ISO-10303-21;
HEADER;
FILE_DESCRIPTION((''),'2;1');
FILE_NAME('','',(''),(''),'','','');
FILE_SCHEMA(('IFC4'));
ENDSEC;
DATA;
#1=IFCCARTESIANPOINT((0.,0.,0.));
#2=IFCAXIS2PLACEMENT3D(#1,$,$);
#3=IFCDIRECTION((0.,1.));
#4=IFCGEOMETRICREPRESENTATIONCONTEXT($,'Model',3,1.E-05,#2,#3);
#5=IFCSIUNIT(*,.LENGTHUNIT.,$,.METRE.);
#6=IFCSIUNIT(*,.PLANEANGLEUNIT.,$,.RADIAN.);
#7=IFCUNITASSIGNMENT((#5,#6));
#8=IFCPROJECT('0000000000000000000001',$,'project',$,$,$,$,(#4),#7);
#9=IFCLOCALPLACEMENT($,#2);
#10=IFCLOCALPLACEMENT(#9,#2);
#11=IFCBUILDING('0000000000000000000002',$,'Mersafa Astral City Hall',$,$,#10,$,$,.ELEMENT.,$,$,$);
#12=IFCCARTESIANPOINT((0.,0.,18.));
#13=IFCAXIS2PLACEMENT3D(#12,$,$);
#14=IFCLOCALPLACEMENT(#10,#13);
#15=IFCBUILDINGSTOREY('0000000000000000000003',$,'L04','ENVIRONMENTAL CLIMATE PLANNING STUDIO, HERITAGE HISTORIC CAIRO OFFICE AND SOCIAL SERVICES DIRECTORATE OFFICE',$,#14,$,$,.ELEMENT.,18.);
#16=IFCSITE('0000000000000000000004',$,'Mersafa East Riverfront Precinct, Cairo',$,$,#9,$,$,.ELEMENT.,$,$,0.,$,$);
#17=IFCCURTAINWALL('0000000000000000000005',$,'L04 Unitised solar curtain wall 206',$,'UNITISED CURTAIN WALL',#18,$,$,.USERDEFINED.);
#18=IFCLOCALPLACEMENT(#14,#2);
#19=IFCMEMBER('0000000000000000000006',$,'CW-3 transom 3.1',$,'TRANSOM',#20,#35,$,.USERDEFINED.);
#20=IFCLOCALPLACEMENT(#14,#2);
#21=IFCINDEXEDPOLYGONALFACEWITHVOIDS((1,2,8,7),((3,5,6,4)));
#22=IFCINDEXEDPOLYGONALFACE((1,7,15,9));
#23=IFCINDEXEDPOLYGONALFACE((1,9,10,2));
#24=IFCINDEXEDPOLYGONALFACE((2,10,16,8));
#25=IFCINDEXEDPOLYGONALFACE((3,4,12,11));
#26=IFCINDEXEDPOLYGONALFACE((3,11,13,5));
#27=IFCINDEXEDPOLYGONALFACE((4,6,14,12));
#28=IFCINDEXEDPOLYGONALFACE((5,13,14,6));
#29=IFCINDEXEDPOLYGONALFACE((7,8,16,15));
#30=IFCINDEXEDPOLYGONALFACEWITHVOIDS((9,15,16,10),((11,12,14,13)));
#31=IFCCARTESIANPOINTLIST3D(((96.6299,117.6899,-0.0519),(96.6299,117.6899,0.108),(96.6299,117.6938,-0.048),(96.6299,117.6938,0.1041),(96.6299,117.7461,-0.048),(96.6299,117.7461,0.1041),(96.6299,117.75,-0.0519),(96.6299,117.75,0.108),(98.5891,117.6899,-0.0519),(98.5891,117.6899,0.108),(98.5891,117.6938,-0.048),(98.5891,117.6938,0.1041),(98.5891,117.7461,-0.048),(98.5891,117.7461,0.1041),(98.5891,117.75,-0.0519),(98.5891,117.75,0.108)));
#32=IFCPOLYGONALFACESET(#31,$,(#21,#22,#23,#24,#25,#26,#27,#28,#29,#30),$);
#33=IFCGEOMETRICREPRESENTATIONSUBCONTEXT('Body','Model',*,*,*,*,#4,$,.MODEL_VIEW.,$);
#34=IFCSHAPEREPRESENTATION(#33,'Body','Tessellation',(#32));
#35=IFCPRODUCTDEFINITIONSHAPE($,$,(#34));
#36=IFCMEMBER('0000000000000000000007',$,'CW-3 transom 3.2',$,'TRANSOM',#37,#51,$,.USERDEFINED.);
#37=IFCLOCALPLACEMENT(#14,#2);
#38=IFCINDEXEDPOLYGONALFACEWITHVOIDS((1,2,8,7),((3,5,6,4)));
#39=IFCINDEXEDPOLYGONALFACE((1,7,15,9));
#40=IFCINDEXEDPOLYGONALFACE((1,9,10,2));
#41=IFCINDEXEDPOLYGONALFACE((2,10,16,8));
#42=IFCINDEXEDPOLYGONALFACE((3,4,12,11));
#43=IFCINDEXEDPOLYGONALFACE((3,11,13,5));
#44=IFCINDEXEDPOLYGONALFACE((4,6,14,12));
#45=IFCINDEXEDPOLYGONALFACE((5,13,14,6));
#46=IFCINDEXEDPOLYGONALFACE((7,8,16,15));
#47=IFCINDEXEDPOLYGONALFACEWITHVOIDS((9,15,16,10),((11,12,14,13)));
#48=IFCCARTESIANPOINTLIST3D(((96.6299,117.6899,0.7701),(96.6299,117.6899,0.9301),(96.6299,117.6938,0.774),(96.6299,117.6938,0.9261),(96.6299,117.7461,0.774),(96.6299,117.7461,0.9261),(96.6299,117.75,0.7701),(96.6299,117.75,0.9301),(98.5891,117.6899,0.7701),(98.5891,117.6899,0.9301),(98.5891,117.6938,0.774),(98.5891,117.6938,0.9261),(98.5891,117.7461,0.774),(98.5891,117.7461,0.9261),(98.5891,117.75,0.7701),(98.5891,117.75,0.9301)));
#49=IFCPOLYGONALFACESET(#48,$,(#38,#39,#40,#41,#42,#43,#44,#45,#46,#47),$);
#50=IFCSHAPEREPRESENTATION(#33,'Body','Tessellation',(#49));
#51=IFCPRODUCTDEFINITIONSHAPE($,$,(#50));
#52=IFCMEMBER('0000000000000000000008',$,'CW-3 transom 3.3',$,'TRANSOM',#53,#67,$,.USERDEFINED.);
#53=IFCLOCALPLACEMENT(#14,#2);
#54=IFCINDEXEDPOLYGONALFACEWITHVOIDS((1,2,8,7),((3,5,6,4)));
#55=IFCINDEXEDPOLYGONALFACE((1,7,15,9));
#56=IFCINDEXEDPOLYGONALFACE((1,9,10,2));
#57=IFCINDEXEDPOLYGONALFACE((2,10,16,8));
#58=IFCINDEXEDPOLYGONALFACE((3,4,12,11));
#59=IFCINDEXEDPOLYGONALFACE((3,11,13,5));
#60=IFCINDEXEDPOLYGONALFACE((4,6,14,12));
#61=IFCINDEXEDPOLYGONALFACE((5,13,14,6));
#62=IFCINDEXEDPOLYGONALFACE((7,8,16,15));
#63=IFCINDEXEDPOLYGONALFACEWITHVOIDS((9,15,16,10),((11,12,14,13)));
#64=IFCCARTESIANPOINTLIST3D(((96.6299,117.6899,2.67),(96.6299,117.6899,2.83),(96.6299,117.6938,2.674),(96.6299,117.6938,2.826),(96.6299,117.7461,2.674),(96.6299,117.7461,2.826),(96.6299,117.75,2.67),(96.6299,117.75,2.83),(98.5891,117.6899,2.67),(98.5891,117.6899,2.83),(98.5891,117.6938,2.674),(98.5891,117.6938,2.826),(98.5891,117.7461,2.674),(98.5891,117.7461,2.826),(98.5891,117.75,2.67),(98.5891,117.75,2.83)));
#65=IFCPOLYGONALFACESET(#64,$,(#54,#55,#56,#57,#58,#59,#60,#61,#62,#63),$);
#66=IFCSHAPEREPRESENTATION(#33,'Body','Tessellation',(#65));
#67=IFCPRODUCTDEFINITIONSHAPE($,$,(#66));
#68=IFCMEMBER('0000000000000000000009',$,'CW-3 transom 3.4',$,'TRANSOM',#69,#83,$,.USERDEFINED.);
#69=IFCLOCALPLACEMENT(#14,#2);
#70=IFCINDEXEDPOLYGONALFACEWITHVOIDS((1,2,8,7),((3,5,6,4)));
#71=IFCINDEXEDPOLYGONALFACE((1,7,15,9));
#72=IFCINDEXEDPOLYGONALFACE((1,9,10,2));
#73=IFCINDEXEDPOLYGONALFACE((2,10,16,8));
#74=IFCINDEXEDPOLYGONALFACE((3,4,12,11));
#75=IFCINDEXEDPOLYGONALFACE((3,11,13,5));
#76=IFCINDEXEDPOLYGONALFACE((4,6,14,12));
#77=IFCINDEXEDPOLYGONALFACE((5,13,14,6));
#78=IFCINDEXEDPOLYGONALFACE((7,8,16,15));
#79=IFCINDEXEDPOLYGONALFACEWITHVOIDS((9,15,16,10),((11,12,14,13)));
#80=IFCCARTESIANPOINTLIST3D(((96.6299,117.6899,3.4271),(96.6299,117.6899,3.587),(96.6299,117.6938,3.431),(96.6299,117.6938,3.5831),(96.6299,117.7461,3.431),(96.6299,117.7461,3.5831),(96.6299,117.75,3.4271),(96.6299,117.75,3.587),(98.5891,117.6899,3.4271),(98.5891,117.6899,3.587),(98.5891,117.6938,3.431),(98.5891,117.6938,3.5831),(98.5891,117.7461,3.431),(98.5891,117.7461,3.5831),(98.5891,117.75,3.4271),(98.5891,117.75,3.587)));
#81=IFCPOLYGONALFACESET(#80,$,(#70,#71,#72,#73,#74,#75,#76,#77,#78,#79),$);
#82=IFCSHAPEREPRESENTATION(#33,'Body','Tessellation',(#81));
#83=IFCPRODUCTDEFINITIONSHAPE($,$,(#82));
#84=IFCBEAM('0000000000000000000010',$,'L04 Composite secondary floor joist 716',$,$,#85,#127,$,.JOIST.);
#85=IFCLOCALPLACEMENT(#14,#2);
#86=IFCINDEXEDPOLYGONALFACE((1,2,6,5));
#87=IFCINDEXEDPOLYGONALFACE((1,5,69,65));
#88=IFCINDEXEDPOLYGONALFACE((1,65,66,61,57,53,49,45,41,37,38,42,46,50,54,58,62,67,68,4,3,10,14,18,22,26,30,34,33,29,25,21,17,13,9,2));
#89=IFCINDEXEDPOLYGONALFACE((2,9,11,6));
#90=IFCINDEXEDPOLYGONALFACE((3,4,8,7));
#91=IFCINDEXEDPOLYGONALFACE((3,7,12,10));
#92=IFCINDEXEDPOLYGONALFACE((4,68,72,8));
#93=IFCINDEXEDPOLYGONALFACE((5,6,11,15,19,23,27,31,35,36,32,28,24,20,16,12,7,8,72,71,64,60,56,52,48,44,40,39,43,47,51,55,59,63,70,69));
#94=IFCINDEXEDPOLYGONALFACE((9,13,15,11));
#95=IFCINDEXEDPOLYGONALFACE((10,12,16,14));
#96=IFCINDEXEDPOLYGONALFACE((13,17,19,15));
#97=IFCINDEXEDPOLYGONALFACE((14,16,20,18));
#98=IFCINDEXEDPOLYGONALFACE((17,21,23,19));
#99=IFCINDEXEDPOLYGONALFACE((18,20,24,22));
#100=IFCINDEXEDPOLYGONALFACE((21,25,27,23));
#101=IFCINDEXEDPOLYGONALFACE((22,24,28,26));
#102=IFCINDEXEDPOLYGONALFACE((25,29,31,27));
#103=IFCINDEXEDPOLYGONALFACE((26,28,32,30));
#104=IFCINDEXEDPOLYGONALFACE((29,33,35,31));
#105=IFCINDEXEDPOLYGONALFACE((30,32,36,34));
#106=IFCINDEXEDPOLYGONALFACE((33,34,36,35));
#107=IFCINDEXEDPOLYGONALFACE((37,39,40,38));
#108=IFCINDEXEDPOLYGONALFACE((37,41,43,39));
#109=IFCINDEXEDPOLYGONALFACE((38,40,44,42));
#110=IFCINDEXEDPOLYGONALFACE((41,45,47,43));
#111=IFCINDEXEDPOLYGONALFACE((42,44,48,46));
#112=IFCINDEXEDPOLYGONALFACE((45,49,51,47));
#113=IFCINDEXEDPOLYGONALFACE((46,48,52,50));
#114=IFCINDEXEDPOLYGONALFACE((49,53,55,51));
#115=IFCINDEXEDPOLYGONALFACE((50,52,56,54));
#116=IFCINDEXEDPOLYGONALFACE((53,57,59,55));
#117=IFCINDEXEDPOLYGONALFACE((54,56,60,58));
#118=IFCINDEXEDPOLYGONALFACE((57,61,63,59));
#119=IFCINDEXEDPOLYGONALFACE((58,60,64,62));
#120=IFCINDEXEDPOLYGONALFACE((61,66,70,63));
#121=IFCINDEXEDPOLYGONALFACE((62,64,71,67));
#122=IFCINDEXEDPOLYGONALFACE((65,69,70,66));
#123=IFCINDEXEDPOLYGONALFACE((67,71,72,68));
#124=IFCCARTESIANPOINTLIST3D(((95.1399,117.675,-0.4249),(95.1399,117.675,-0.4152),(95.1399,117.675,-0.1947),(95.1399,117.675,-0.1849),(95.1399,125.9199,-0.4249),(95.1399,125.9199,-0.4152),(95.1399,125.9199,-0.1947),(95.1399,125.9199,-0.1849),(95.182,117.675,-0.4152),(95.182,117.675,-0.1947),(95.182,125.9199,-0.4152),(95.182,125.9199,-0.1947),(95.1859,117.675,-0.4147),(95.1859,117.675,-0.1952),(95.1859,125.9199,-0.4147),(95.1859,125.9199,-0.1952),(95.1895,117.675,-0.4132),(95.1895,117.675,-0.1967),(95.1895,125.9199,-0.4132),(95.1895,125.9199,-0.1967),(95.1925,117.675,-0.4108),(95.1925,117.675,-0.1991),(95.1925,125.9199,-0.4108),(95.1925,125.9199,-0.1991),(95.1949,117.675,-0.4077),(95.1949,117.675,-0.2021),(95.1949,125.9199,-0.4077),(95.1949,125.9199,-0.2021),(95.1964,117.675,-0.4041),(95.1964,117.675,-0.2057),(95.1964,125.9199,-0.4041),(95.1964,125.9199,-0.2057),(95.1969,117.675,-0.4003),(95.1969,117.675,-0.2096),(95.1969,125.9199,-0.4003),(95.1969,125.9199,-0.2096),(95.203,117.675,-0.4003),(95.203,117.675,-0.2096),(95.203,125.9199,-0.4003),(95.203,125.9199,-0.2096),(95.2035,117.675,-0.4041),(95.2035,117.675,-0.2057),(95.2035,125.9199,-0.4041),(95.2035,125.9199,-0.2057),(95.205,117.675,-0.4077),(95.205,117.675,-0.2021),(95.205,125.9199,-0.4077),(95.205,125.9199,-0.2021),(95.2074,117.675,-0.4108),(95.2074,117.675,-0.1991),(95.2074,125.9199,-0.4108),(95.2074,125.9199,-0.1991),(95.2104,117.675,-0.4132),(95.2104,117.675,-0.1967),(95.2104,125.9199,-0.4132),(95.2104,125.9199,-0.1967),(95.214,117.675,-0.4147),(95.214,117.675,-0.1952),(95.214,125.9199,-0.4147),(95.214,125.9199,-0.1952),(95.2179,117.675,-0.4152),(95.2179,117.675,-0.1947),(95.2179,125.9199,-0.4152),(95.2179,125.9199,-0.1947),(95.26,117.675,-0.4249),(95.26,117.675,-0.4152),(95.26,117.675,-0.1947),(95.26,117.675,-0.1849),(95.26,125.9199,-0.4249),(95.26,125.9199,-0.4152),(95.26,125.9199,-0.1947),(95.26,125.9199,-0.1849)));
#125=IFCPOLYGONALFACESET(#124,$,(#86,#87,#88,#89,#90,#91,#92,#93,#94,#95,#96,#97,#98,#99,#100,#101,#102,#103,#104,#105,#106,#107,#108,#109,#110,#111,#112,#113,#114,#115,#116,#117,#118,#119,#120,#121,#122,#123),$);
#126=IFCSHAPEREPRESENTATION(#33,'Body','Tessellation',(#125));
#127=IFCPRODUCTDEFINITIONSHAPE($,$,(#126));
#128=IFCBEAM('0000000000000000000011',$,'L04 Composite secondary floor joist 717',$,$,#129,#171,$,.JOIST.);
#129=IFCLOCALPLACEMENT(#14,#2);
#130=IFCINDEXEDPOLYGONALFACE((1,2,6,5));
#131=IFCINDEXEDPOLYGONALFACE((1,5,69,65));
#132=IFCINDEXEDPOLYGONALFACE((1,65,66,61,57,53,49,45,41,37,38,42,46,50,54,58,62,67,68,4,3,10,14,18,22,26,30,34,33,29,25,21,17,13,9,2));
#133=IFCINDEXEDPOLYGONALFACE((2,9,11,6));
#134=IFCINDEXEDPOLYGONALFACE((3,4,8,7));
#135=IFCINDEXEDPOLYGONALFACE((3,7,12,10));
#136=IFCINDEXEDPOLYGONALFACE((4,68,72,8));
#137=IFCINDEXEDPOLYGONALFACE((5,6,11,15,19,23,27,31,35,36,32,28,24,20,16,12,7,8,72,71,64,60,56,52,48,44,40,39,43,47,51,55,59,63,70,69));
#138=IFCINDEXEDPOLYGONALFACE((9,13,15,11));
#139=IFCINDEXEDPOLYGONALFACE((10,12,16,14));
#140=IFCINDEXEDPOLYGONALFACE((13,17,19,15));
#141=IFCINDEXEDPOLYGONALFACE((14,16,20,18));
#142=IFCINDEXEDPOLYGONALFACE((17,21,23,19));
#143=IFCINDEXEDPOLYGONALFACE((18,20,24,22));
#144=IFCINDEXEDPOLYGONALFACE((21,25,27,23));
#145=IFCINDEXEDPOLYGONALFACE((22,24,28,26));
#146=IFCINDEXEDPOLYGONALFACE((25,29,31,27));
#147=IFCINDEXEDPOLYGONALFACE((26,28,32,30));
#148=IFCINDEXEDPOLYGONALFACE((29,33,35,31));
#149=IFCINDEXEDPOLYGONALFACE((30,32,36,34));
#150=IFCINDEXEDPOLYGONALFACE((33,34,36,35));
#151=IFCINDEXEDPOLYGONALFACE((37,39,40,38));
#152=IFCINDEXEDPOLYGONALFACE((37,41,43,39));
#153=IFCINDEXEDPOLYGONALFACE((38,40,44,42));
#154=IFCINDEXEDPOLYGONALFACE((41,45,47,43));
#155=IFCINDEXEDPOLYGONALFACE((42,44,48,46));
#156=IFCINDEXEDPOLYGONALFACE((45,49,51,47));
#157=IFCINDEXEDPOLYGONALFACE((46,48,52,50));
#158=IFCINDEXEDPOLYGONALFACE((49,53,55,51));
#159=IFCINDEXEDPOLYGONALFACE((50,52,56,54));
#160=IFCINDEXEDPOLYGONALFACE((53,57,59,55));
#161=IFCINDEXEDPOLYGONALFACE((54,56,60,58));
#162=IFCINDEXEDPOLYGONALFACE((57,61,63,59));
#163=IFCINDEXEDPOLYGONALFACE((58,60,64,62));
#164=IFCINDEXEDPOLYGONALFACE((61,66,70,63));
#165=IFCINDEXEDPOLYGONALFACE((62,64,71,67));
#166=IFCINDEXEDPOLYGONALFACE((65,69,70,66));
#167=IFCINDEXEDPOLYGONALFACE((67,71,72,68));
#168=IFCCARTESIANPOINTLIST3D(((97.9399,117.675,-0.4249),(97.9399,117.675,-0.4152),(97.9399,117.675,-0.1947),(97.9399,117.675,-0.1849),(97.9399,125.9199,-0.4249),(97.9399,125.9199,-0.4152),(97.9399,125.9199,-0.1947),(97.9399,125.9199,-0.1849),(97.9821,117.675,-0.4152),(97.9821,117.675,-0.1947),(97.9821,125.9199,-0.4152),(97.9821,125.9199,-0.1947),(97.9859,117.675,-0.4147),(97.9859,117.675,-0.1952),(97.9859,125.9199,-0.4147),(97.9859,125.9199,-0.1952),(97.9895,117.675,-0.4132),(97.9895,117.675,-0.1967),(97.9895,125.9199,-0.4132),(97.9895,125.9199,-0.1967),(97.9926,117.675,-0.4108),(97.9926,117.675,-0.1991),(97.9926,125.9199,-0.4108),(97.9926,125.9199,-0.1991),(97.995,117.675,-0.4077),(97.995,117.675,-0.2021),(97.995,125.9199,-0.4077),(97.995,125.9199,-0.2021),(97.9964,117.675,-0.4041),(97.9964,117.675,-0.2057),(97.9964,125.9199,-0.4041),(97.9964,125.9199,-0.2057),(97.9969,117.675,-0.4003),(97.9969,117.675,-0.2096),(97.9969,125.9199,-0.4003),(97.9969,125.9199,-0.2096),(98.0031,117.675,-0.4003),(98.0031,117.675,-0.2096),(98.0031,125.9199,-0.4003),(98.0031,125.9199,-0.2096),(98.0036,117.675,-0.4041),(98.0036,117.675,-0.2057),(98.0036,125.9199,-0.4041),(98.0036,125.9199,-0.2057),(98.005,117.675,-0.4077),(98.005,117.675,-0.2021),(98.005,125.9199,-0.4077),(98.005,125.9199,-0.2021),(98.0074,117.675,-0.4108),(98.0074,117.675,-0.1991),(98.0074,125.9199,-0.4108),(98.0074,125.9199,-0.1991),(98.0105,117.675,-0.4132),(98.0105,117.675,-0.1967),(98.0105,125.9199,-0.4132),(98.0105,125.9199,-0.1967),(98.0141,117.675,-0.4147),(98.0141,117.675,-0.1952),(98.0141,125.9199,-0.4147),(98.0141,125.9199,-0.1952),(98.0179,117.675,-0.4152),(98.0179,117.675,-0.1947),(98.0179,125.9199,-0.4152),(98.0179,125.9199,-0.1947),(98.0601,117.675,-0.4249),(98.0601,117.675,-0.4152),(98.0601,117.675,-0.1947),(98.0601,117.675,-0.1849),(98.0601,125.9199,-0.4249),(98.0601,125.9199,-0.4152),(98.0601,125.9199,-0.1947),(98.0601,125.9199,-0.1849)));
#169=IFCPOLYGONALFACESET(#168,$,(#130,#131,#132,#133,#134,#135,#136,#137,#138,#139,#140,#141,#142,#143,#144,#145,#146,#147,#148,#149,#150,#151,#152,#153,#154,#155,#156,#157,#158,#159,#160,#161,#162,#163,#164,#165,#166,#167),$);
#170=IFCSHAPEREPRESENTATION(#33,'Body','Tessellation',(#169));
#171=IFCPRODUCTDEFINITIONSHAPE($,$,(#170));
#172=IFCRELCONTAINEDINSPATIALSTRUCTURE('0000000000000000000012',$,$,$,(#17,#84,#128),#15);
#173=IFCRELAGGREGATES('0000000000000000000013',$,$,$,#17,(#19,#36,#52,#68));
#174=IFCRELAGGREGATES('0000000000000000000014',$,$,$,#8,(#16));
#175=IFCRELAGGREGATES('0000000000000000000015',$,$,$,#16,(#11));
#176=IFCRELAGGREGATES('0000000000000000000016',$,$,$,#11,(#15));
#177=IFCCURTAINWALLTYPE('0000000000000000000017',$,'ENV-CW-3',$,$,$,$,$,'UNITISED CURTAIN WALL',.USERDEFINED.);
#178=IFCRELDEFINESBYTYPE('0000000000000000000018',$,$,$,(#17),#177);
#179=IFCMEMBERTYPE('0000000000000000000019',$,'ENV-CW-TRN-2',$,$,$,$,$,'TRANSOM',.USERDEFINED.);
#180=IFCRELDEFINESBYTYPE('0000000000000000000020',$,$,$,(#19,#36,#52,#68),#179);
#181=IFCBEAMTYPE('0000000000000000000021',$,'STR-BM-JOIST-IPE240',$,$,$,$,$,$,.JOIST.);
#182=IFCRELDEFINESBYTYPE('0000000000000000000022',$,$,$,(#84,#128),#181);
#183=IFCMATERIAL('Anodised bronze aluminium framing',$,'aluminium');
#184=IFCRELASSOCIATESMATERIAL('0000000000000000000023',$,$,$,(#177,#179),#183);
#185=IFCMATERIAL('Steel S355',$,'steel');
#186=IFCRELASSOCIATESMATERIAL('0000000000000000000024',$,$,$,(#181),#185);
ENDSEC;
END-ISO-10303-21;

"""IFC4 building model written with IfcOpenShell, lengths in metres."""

from ifc_helpers import new_model, si_unit, direction, frame, origin, origin_2d, place, context, subcontext, project, spatial, hollow_rectangle, i_section, extrude, material, material_profile, profile_set, type_object, element, aggregate, save


model = new_model("IFC4")

# Units and contexts
model_context = context("Model", 3, precision=1e-05, world=origin(), true_north=direction((0.0, 1.0)))
body_context = subcontext(model_context, "Body", "Model", "MODEL_VIEW")
ifc_project = project(units=[si_unit("LENGTHUNIT", "METRE"), si_unit("PLANEANGLEUNIT", "RADIAN")], contexts=[model_context])

# Site, building, storey
site_placement = place(None, origin())
site = spatial("IfcSite", under=ifc_project, at=site_placement, Name="Mersafa East Riverfront Precinct, Cairo", CompositionType="ELEMENT", RefElevation=0.0)
building_placement = place(site_placement, origin())
building = spatial("IfcBuilding", under=site, at=building_placement, Name="Mersafa Astral City Hall", CompositionType="ELEMENT")
storey_placement = place(building_placement, frame((0.0, 0.0, 18.0)))
storey = spatial("IfcBuildingStorey", under=building, at=storey_placement, Name="L04", Description="ENVIRONMENTAL CLIMATE PLANNING STUDIO, HERITAGE HISTORIC CAIRO OFFICE AND SOCIAL SERVICES DIRECTORATE OFFICE", CompositionType="ELEMENT", Elevation=18.0)

# Curtain wall, members
ifc_material_1 = material(Name="Anodised bronze aluminium framing", Category="aluminium")
curtain_wall_type = type_object("IfcCurtainWallType", Name="ENV-CW-3", ElementType="UNITISED CURTAIN WALL", PredefinedType="USERDEFINED", material=ifc_material_1)
curtain_wall_placement = place(storey_placement, origin())
curtain_wall = element("IfcCurtainWall", 1, at=curtain_wall_placement, inside=storey, type_object=curtain_wall_type, Name="L04 Unitised solar curtain wall 206", ObjectType="UNITISED CURTAIN WALL", PredefinedType="USERDEFINED")
ifc_material_profile_1 = material_profile(ifc_material_1, hollow_rectangle(XDim=0.0601, YDim=0.1599, WallThickness=0.0039, at=origin_2d()), Name="RHS 60x160x4")
ifc_profile_set_1 = profile_set([ifc_material_profile_1], Name="Anodised bronze aluminium framing")
member_type_1 = type_object("IfcMemberType", Name="ENV-CW-TRN-2", ElementType="TRANSOM", PredefinedType="USERDEFINED", material=ifc_profile_set_1)
member_1_placement = place(storey_placement, frame((96.6299, 117.72, 0.0281), z_axis=(1.0, 0.0, 0.0), x_axis=(0.0, 1.0, 0.0)))
member_1 = element("IfcMember", 2, at=member_1_placement, type_object=member_type_1, Name="CW-3 transom 3.1", ObjectType="TRANSOM", PredefinedType="USERDEFINED", context=body_context, shape_type="SweptSolid", body=[
    extrude(hollow_rectangle(XDim=0.0601, YDim=0.1599, WallThickness=0.0039, at=origin_2d()), origin(), (0.0, 0.0, 1.0), 1.9592),
])
member_2_placement = place(storey_placement, frame((96.6299, 117.72, 0.8501), z_axis=(1.0, 0.0, 0.0), x_axis=(0.0, 1.0, 0.0)))
member_2 = element("IfcMember", 3, at=member_2_placement, type_object=member_type_1, Name="CW-3 transom 3.2", ObjectType="TRANSOM", PredefinedType="USERDEFINED", context=body_context, shape_type="SweptSolid", body=[
    extrude(hollow_rectangle(XDim=0.0601, YDim=0.1599, WallThickness=0.0039, at=origin_2d()), origin(), (0.0, 0.0, 1.0), 1.9592),
])
member_3_placement = place(storey_placement, frame((96.6299, 117.72, 2.75), z_axis=(1.0, 0.0, 0.0), x_axis=(0.0, 1.0, 0.0)))
member_3 = element("IfcMember", 4, at=member_3_placement, type_object=member_type_1, Name="CW-3 transom 3.3", ObjectType="TRANSOM", PredefinedType="USERDEFINED", context=body_context, shape_type="SweptSolid", body=[
    extrude(hollow_rectangle(XDim=0.0601, YDim=0.1599, WallThickness=0.0039, at=origin_2d()), origin(), (0.0, 0.0, 1.0), 1.9592),
])
member_4_placement = place(storey_placement, frame((96.6299, 117.72, 3.5071), z_axis=(1.0, 0.0, 0.0), x_axis=(0.0, 1.0, 0.0)))
member_4 = element("IfcMember", 5, at=member_4_placement, type_object=member_type_1, Name="CW-3 transom 3.4", ObjectType="TRANSOM", PredefinedType="USERDEFINED", context=body_context, shape_type="SweptSolid", body=[
    extrude(hollow_rectangle(XDim=0.0601, YDim=0.1599, WallThickness=0.0039, at=origin_2d()), origin(), (0.0, 0.0, 1.0), 1.9592),
])

# Beams
ifc_material_2 = material(Name="Steel S355", Category="steel")
ifc_material_profile_2 = material_profile(ifc_material_2, i_section(OverallWidth=0.1201, OverallDepth=0.24, WebThickness=0.0061, FlangeThickness=0.0098, FilletRadius=0.0149, at=origin_2d()), Name="IPE 240")
ifc_profile_set_2 = profile_set([ifc_material_profile_2], Name="Steel S355")
beam_type_1 = type_object("IfcBeamType", Name="STR-BM-JOIST-IPE240", PredefinedType="JOIST", material=ifc_profile_set_2)
for number, where, z_axis, x_axis, name in (
    (6, (95.2, 117.675, -0.3049), (0.0, 1.0, 0.0), (-1.0, 0.0, 0.0), "L04 Composite secondary floor joist 716"),
    (7, (98.0, 117.675, -0.3049), (0.0, 1.0, 0.0), (-1.0, 0.0, 0.0), "L04 Composite secondary floor joist 717"),
):
    element("IfcBeam", number, at=place(storey_placement, frame(where, z_axis=z_axis, x_axis=x_axis)), inside=storey, type_object=beam_type_1, Name=name, PredefinedType="JOIST", context=body_context, shape_type="SweptSolid", body=[
        extrude(i_section(OverallWidth=0.1201, OverallDepth=0.24, WebThickness=0.0061, FlangeThickness=0.0098, FilletRadius=0.0149, at=origin_2d()), origin(), (0.0, 0.0, 1.0), 8.2449),
    ])

aggregate(curtain_wall, [member_1, member_2, member_3, member_4])

save(model, "model.ifc")
